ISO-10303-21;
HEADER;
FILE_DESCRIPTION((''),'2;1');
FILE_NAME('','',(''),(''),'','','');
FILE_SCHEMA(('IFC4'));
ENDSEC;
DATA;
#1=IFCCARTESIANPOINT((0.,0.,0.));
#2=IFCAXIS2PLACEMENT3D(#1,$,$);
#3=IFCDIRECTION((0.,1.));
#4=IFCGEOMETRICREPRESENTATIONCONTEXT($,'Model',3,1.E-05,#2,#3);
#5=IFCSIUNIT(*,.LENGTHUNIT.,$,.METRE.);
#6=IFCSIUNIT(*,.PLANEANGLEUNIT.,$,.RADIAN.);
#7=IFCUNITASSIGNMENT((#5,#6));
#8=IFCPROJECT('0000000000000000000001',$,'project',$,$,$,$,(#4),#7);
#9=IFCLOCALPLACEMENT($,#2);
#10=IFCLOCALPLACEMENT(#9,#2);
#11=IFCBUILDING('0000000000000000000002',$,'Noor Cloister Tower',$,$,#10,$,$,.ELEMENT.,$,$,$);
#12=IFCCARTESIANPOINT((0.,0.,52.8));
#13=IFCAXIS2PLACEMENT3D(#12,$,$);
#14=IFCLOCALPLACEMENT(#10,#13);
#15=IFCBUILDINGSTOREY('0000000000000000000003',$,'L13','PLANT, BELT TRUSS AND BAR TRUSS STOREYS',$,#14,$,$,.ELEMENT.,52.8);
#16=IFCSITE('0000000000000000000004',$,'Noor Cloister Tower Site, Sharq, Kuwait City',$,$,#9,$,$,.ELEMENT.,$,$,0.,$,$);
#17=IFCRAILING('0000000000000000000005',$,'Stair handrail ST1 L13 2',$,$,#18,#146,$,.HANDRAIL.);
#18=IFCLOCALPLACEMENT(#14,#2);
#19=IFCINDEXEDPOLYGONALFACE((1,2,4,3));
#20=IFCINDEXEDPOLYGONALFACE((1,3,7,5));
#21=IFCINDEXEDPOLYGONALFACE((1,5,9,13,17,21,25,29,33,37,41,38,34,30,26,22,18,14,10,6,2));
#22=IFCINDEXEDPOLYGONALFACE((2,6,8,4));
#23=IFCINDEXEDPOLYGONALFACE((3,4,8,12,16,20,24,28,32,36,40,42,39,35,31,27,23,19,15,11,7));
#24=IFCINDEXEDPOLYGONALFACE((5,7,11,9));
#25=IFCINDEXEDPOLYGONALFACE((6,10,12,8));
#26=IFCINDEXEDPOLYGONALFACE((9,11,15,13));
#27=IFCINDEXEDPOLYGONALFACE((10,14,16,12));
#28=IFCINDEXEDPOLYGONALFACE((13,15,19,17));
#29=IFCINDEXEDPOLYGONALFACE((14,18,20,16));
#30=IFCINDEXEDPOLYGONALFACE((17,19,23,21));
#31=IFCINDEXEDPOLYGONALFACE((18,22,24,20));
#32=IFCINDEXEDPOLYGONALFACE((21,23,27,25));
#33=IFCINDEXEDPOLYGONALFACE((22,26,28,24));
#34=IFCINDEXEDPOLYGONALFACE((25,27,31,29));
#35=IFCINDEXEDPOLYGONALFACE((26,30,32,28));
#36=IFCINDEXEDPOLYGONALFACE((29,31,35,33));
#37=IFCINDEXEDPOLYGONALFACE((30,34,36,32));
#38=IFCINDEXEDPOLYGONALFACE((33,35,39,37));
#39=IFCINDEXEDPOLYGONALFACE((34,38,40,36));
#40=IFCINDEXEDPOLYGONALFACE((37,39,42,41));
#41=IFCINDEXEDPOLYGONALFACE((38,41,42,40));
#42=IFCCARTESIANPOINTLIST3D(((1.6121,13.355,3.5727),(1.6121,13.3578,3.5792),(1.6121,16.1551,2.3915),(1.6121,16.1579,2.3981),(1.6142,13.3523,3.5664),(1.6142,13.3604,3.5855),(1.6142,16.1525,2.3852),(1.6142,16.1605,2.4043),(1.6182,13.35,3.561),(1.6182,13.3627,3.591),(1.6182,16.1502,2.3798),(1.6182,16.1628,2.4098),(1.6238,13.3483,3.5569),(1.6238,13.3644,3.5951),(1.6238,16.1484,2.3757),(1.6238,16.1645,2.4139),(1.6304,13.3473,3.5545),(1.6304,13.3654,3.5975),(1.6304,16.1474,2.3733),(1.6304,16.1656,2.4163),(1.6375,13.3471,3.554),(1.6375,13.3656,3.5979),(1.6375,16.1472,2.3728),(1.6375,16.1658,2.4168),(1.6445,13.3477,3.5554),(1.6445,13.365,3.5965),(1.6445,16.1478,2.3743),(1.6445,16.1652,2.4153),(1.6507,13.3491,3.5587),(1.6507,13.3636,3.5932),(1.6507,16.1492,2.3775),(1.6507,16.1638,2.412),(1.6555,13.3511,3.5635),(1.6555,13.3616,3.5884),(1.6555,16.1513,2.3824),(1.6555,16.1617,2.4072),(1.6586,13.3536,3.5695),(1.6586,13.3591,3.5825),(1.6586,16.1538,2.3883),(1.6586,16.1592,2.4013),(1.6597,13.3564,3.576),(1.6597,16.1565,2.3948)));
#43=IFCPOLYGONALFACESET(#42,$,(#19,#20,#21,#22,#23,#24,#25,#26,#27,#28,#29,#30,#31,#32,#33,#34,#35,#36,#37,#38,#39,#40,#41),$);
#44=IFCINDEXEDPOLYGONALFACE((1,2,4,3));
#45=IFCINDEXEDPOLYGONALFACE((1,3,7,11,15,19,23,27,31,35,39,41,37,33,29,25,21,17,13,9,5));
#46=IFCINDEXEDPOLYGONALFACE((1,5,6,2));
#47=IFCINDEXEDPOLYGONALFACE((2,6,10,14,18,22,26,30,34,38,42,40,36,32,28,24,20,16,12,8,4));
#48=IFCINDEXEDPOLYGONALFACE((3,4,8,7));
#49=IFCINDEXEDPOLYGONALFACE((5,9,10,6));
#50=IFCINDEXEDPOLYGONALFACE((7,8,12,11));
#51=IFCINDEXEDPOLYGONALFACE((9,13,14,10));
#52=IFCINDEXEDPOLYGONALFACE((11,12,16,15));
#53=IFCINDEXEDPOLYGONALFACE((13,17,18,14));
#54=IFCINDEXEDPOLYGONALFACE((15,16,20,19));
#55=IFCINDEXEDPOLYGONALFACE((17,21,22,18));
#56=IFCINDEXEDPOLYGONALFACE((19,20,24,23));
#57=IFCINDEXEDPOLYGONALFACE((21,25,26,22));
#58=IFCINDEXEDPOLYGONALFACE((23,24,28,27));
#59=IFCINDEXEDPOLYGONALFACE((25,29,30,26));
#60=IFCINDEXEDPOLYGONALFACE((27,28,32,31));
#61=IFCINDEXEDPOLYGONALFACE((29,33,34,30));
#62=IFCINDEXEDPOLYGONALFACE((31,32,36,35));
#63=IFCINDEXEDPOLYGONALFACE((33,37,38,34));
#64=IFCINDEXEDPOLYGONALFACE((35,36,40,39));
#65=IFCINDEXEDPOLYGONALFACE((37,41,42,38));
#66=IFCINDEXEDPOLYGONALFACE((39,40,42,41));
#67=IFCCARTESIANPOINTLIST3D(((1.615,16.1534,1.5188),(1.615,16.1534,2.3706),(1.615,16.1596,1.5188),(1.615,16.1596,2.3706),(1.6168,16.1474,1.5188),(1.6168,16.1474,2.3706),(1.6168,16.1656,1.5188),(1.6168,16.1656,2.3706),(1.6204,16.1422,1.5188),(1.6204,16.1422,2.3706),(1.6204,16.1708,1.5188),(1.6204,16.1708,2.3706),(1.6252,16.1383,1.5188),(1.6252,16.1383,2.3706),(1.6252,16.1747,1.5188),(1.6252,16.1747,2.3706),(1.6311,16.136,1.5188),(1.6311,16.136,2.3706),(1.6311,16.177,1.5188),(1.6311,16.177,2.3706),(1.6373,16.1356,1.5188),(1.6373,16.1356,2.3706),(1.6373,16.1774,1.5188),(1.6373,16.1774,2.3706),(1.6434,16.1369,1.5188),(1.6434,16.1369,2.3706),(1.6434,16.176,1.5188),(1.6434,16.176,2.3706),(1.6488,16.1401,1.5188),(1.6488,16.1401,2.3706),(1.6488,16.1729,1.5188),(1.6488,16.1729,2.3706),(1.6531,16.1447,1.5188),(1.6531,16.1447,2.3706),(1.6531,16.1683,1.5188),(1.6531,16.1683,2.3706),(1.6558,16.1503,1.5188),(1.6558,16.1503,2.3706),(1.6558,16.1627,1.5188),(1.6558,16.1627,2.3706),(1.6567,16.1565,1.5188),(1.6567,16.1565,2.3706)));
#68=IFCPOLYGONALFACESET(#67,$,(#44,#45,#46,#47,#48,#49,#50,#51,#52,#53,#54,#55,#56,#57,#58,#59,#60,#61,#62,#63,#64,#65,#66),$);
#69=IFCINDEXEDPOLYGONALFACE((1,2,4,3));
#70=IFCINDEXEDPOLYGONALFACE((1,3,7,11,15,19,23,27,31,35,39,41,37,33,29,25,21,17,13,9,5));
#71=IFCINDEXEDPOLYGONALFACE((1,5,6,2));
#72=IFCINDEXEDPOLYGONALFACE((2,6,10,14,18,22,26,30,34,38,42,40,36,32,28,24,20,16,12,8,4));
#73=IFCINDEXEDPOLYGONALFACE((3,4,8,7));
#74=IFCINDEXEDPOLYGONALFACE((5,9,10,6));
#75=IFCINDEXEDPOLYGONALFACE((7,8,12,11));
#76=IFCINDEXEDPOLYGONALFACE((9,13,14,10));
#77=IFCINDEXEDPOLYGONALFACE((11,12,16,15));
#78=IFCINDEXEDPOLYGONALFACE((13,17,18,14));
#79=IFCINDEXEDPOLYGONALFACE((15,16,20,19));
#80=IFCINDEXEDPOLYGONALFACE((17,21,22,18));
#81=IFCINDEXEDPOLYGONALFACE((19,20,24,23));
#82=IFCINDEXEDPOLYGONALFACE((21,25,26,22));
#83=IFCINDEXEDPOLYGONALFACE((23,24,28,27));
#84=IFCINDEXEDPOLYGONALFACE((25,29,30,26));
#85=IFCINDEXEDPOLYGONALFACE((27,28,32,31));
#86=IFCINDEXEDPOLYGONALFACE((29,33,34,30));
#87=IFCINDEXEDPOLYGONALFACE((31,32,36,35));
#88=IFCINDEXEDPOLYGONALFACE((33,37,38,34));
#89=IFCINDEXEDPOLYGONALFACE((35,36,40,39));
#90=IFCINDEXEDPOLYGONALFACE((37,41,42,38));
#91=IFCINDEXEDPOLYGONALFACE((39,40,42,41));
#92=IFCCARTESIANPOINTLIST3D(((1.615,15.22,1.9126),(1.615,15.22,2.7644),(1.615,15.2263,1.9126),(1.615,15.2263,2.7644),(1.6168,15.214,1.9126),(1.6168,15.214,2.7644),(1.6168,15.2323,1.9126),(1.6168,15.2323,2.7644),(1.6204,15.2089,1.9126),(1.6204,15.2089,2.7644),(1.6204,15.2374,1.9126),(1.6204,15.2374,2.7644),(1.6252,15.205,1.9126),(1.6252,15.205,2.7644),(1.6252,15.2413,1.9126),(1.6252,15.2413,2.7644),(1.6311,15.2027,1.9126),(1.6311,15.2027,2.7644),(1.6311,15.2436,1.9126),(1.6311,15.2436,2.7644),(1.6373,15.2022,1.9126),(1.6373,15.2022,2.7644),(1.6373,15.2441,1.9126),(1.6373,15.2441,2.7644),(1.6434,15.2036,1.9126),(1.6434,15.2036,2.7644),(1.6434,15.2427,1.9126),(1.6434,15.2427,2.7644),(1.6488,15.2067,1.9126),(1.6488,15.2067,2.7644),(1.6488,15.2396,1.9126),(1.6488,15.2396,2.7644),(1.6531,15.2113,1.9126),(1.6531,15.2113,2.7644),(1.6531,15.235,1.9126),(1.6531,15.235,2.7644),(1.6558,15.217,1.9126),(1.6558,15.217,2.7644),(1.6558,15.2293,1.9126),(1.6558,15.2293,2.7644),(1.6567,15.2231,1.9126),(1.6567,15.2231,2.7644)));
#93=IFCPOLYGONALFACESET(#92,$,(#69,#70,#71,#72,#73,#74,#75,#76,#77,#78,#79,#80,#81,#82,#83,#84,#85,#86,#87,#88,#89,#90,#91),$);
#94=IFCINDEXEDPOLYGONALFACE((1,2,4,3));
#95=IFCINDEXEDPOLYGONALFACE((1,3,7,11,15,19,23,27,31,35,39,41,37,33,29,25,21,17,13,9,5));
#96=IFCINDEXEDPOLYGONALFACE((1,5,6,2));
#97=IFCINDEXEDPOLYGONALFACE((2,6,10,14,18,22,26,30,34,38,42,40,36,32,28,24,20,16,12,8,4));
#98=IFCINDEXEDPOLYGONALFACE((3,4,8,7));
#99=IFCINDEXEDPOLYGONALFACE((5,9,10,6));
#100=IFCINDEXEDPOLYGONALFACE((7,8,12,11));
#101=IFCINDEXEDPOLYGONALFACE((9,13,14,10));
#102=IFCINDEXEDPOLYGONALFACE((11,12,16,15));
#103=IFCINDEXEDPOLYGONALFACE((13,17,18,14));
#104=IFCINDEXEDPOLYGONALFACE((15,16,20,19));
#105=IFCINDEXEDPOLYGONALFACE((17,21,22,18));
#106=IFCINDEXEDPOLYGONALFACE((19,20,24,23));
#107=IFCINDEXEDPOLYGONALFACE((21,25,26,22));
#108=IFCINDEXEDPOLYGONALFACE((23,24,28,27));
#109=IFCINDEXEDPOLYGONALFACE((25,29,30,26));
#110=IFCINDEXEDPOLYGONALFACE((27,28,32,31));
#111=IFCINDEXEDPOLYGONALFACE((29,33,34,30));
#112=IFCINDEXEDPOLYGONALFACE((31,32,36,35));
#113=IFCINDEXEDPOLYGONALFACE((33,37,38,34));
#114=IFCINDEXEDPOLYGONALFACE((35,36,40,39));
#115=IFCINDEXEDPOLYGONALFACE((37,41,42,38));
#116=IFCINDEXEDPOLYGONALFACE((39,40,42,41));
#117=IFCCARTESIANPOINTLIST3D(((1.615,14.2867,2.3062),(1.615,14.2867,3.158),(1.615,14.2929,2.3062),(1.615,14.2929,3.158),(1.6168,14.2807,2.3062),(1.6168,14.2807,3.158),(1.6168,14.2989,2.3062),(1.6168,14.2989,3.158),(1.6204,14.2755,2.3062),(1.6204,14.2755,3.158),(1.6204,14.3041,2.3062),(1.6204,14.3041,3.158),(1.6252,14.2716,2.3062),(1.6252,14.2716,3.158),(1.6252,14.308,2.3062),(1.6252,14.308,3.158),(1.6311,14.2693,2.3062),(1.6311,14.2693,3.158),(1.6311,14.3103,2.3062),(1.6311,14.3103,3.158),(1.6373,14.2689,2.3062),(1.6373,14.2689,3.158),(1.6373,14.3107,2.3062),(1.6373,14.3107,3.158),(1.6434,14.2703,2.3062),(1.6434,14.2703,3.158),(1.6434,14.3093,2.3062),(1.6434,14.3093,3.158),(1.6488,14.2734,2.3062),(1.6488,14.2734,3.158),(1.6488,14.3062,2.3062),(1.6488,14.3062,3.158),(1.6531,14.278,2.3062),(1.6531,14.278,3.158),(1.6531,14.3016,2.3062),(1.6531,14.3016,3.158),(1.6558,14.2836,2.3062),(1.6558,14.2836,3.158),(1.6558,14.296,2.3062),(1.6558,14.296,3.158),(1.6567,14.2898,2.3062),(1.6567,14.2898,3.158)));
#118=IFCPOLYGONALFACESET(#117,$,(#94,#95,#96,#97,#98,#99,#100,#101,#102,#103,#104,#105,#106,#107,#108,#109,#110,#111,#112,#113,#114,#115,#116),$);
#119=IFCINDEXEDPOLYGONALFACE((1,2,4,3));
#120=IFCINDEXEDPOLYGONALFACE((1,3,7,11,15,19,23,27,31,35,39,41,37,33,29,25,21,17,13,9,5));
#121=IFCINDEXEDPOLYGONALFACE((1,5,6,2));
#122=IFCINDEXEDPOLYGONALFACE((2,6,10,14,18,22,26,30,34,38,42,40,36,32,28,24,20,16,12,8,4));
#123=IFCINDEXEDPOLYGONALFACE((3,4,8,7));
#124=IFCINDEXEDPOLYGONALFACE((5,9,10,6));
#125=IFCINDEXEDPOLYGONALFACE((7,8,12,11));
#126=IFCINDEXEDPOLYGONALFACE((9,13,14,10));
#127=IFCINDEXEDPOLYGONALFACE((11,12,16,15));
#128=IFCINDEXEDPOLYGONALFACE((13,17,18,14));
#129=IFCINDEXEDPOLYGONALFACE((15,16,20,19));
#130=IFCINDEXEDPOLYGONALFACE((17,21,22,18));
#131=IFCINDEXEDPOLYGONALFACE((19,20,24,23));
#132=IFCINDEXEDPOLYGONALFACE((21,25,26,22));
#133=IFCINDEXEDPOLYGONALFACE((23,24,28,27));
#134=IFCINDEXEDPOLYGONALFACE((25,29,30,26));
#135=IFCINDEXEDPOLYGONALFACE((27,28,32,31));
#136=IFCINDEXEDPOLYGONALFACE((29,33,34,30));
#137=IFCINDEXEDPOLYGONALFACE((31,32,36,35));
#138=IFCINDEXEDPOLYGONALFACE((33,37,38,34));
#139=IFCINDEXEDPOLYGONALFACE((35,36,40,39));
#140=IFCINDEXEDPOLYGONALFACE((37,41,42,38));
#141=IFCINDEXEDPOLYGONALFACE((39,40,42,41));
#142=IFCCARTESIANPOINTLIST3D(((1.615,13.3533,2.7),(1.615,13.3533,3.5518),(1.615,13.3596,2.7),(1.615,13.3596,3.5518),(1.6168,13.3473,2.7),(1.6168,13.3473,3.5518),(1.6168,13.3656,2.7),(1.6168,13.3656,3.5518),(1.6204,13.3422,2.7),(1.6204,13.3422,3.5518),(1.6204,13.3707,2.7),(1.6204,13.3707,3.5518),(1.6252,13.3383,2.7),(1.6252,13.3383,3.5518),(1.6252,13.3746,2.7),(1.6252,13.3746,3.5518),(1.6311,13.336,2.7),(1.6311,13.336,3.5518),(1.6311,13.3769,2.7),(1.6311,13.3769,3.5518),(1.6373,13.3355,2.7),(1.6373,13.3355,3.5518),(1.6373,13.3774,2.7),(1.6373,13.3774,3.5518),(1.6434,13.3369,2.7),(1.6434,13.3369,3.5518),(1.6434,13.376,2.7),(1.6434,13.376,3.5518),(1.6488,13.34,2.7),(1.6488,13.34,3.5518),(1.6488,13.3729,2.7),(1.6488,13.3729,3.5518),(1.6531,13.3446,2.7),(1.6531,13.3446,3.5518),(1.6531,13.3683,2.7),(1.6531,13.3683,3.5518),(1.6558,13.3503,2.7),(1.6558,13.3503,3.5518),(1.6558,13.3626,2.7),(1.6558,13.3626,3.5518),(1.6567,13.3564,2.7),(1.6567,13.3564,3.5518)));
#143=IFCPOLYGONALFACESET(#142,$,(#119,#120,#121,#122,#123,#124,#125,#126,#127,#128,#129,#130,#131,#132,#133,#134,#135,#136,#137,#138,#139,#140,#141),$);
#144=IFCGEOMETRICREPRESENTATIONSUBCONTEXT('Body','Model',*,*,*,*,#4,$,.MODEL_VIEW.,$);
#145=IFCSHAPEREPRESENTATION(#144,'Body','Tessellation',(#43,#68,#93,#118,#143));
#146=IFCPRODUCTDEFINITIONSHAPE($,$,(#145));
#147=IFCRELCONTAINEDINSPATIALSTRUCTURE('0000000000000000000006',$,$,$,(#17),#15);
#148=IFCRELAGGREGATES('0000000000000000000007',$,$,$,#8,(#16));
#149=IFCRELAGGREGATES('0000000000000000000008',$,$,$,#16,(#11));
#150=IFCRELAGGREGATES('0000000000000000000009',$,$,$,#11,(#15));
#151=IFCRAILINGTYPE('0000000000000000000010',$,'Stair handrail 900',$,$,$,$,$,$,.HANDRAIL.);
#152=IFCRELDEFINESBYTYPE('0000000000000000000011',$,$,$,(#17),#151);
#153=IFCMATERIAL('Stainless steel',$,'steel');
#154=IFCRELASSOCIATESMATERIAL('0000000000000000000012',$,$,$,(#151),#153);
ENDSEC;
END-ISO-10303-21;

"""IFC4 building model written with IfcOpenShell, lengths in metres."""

from ifc_helpers import new_model, si_unit, direction, frame, origin, origin_2d, place, context, subcontext, project, spatial, circle, extrude, material, type_object, element, save


model = new_model("IFC4")

# Units and contexts
model_context = context("Model", 3, precision=1e-05, world=origin(), true_north=direction((0.0, 1.0)))
body_context = subcontext(model_context, "Body", "Model", "MODEL_VIEW")
ifc_project = project(units=[si_unit("LENGTHUNIT", "METRE"), si_unit("PLANEANGLEUNIT", "RADIAN")], contexts=[model_context])

# Site, building, storey
site_placement = place(None, origin())
site = spatial("IfcSite", under=ifc_project, at=site_placement, Name="Noor Cloister Tower Site, Sharq, Kuwait City", CompositionType="ELEMENT", RefElevation=0.0)
building_placement = place(site_placement, origin())
building = spatial("IfcBuilding", under=site, at=building_placement, Name="Noor Cloister Tower", CompositionType="ELEMENT")
storey_placement = place(building_placement, frame((0.0, 0.0, 52.8)))
storey = spatial("IfcBuildingStorey", under=building, at=storey_placement, Name="L13", Description="PLANT, BELT TRUSS AND BAR TRUSS STOREYS", CompositionType="ELEMENT", Elevation=52.8)

# Railing
ifc_material_1 = material(Name="Stainless steel", Category="steel")
railing_type_1 = type_object("IfcRailingType", Name="Stair handrail 900", PredefinedType="HANDRAIL", material=ifc_material_1)
railing_1_placement = place(storey_placement, frame((1.6357, 16.1565, 1.5188)))
element("IfcRailing", 1, at=railing_1_placement, inside=storey, type_object=railing_type_1, Name="Stair handrail ST1 L13 2", PredefinedType="HANDRAIL", context=body_context, shape_type="SweptSolid", body=[
    extrude(circle(Radius=0.0239, at=origin_2d()), frame((0.0, 0.0, 0.876), z_axis=(0.0, -0.921378, 0.388667), x_axis=(1.0, 0.0, 0.0)), (0.0, 0.0, 1.0), 3.0391),
    extrude(circle(Radius=0.021, at=origin_2d()), origin(), (0.0, 0.0, 1.0), 0.8518),
    extrude(circle(Radius=0.021, at=origin_2d()), frame((0.0, -0.9333, 0.3938)), (0.0, 0.0, 1.0), 0.8518),
    extrude(circle(Radius=0.021, at=origin_2d()), frame((0.0, -1.8667, 0.7874)), (0.0, 0.0, 1.0), 0.8518),
    extrude(circle(Radius=0.021, at=origin_2d()), frame((0.0, -2.8, 1.1812)), (0.0, 0.0, 1.0), 0.8518),
])

save(model, "model.ifc")
